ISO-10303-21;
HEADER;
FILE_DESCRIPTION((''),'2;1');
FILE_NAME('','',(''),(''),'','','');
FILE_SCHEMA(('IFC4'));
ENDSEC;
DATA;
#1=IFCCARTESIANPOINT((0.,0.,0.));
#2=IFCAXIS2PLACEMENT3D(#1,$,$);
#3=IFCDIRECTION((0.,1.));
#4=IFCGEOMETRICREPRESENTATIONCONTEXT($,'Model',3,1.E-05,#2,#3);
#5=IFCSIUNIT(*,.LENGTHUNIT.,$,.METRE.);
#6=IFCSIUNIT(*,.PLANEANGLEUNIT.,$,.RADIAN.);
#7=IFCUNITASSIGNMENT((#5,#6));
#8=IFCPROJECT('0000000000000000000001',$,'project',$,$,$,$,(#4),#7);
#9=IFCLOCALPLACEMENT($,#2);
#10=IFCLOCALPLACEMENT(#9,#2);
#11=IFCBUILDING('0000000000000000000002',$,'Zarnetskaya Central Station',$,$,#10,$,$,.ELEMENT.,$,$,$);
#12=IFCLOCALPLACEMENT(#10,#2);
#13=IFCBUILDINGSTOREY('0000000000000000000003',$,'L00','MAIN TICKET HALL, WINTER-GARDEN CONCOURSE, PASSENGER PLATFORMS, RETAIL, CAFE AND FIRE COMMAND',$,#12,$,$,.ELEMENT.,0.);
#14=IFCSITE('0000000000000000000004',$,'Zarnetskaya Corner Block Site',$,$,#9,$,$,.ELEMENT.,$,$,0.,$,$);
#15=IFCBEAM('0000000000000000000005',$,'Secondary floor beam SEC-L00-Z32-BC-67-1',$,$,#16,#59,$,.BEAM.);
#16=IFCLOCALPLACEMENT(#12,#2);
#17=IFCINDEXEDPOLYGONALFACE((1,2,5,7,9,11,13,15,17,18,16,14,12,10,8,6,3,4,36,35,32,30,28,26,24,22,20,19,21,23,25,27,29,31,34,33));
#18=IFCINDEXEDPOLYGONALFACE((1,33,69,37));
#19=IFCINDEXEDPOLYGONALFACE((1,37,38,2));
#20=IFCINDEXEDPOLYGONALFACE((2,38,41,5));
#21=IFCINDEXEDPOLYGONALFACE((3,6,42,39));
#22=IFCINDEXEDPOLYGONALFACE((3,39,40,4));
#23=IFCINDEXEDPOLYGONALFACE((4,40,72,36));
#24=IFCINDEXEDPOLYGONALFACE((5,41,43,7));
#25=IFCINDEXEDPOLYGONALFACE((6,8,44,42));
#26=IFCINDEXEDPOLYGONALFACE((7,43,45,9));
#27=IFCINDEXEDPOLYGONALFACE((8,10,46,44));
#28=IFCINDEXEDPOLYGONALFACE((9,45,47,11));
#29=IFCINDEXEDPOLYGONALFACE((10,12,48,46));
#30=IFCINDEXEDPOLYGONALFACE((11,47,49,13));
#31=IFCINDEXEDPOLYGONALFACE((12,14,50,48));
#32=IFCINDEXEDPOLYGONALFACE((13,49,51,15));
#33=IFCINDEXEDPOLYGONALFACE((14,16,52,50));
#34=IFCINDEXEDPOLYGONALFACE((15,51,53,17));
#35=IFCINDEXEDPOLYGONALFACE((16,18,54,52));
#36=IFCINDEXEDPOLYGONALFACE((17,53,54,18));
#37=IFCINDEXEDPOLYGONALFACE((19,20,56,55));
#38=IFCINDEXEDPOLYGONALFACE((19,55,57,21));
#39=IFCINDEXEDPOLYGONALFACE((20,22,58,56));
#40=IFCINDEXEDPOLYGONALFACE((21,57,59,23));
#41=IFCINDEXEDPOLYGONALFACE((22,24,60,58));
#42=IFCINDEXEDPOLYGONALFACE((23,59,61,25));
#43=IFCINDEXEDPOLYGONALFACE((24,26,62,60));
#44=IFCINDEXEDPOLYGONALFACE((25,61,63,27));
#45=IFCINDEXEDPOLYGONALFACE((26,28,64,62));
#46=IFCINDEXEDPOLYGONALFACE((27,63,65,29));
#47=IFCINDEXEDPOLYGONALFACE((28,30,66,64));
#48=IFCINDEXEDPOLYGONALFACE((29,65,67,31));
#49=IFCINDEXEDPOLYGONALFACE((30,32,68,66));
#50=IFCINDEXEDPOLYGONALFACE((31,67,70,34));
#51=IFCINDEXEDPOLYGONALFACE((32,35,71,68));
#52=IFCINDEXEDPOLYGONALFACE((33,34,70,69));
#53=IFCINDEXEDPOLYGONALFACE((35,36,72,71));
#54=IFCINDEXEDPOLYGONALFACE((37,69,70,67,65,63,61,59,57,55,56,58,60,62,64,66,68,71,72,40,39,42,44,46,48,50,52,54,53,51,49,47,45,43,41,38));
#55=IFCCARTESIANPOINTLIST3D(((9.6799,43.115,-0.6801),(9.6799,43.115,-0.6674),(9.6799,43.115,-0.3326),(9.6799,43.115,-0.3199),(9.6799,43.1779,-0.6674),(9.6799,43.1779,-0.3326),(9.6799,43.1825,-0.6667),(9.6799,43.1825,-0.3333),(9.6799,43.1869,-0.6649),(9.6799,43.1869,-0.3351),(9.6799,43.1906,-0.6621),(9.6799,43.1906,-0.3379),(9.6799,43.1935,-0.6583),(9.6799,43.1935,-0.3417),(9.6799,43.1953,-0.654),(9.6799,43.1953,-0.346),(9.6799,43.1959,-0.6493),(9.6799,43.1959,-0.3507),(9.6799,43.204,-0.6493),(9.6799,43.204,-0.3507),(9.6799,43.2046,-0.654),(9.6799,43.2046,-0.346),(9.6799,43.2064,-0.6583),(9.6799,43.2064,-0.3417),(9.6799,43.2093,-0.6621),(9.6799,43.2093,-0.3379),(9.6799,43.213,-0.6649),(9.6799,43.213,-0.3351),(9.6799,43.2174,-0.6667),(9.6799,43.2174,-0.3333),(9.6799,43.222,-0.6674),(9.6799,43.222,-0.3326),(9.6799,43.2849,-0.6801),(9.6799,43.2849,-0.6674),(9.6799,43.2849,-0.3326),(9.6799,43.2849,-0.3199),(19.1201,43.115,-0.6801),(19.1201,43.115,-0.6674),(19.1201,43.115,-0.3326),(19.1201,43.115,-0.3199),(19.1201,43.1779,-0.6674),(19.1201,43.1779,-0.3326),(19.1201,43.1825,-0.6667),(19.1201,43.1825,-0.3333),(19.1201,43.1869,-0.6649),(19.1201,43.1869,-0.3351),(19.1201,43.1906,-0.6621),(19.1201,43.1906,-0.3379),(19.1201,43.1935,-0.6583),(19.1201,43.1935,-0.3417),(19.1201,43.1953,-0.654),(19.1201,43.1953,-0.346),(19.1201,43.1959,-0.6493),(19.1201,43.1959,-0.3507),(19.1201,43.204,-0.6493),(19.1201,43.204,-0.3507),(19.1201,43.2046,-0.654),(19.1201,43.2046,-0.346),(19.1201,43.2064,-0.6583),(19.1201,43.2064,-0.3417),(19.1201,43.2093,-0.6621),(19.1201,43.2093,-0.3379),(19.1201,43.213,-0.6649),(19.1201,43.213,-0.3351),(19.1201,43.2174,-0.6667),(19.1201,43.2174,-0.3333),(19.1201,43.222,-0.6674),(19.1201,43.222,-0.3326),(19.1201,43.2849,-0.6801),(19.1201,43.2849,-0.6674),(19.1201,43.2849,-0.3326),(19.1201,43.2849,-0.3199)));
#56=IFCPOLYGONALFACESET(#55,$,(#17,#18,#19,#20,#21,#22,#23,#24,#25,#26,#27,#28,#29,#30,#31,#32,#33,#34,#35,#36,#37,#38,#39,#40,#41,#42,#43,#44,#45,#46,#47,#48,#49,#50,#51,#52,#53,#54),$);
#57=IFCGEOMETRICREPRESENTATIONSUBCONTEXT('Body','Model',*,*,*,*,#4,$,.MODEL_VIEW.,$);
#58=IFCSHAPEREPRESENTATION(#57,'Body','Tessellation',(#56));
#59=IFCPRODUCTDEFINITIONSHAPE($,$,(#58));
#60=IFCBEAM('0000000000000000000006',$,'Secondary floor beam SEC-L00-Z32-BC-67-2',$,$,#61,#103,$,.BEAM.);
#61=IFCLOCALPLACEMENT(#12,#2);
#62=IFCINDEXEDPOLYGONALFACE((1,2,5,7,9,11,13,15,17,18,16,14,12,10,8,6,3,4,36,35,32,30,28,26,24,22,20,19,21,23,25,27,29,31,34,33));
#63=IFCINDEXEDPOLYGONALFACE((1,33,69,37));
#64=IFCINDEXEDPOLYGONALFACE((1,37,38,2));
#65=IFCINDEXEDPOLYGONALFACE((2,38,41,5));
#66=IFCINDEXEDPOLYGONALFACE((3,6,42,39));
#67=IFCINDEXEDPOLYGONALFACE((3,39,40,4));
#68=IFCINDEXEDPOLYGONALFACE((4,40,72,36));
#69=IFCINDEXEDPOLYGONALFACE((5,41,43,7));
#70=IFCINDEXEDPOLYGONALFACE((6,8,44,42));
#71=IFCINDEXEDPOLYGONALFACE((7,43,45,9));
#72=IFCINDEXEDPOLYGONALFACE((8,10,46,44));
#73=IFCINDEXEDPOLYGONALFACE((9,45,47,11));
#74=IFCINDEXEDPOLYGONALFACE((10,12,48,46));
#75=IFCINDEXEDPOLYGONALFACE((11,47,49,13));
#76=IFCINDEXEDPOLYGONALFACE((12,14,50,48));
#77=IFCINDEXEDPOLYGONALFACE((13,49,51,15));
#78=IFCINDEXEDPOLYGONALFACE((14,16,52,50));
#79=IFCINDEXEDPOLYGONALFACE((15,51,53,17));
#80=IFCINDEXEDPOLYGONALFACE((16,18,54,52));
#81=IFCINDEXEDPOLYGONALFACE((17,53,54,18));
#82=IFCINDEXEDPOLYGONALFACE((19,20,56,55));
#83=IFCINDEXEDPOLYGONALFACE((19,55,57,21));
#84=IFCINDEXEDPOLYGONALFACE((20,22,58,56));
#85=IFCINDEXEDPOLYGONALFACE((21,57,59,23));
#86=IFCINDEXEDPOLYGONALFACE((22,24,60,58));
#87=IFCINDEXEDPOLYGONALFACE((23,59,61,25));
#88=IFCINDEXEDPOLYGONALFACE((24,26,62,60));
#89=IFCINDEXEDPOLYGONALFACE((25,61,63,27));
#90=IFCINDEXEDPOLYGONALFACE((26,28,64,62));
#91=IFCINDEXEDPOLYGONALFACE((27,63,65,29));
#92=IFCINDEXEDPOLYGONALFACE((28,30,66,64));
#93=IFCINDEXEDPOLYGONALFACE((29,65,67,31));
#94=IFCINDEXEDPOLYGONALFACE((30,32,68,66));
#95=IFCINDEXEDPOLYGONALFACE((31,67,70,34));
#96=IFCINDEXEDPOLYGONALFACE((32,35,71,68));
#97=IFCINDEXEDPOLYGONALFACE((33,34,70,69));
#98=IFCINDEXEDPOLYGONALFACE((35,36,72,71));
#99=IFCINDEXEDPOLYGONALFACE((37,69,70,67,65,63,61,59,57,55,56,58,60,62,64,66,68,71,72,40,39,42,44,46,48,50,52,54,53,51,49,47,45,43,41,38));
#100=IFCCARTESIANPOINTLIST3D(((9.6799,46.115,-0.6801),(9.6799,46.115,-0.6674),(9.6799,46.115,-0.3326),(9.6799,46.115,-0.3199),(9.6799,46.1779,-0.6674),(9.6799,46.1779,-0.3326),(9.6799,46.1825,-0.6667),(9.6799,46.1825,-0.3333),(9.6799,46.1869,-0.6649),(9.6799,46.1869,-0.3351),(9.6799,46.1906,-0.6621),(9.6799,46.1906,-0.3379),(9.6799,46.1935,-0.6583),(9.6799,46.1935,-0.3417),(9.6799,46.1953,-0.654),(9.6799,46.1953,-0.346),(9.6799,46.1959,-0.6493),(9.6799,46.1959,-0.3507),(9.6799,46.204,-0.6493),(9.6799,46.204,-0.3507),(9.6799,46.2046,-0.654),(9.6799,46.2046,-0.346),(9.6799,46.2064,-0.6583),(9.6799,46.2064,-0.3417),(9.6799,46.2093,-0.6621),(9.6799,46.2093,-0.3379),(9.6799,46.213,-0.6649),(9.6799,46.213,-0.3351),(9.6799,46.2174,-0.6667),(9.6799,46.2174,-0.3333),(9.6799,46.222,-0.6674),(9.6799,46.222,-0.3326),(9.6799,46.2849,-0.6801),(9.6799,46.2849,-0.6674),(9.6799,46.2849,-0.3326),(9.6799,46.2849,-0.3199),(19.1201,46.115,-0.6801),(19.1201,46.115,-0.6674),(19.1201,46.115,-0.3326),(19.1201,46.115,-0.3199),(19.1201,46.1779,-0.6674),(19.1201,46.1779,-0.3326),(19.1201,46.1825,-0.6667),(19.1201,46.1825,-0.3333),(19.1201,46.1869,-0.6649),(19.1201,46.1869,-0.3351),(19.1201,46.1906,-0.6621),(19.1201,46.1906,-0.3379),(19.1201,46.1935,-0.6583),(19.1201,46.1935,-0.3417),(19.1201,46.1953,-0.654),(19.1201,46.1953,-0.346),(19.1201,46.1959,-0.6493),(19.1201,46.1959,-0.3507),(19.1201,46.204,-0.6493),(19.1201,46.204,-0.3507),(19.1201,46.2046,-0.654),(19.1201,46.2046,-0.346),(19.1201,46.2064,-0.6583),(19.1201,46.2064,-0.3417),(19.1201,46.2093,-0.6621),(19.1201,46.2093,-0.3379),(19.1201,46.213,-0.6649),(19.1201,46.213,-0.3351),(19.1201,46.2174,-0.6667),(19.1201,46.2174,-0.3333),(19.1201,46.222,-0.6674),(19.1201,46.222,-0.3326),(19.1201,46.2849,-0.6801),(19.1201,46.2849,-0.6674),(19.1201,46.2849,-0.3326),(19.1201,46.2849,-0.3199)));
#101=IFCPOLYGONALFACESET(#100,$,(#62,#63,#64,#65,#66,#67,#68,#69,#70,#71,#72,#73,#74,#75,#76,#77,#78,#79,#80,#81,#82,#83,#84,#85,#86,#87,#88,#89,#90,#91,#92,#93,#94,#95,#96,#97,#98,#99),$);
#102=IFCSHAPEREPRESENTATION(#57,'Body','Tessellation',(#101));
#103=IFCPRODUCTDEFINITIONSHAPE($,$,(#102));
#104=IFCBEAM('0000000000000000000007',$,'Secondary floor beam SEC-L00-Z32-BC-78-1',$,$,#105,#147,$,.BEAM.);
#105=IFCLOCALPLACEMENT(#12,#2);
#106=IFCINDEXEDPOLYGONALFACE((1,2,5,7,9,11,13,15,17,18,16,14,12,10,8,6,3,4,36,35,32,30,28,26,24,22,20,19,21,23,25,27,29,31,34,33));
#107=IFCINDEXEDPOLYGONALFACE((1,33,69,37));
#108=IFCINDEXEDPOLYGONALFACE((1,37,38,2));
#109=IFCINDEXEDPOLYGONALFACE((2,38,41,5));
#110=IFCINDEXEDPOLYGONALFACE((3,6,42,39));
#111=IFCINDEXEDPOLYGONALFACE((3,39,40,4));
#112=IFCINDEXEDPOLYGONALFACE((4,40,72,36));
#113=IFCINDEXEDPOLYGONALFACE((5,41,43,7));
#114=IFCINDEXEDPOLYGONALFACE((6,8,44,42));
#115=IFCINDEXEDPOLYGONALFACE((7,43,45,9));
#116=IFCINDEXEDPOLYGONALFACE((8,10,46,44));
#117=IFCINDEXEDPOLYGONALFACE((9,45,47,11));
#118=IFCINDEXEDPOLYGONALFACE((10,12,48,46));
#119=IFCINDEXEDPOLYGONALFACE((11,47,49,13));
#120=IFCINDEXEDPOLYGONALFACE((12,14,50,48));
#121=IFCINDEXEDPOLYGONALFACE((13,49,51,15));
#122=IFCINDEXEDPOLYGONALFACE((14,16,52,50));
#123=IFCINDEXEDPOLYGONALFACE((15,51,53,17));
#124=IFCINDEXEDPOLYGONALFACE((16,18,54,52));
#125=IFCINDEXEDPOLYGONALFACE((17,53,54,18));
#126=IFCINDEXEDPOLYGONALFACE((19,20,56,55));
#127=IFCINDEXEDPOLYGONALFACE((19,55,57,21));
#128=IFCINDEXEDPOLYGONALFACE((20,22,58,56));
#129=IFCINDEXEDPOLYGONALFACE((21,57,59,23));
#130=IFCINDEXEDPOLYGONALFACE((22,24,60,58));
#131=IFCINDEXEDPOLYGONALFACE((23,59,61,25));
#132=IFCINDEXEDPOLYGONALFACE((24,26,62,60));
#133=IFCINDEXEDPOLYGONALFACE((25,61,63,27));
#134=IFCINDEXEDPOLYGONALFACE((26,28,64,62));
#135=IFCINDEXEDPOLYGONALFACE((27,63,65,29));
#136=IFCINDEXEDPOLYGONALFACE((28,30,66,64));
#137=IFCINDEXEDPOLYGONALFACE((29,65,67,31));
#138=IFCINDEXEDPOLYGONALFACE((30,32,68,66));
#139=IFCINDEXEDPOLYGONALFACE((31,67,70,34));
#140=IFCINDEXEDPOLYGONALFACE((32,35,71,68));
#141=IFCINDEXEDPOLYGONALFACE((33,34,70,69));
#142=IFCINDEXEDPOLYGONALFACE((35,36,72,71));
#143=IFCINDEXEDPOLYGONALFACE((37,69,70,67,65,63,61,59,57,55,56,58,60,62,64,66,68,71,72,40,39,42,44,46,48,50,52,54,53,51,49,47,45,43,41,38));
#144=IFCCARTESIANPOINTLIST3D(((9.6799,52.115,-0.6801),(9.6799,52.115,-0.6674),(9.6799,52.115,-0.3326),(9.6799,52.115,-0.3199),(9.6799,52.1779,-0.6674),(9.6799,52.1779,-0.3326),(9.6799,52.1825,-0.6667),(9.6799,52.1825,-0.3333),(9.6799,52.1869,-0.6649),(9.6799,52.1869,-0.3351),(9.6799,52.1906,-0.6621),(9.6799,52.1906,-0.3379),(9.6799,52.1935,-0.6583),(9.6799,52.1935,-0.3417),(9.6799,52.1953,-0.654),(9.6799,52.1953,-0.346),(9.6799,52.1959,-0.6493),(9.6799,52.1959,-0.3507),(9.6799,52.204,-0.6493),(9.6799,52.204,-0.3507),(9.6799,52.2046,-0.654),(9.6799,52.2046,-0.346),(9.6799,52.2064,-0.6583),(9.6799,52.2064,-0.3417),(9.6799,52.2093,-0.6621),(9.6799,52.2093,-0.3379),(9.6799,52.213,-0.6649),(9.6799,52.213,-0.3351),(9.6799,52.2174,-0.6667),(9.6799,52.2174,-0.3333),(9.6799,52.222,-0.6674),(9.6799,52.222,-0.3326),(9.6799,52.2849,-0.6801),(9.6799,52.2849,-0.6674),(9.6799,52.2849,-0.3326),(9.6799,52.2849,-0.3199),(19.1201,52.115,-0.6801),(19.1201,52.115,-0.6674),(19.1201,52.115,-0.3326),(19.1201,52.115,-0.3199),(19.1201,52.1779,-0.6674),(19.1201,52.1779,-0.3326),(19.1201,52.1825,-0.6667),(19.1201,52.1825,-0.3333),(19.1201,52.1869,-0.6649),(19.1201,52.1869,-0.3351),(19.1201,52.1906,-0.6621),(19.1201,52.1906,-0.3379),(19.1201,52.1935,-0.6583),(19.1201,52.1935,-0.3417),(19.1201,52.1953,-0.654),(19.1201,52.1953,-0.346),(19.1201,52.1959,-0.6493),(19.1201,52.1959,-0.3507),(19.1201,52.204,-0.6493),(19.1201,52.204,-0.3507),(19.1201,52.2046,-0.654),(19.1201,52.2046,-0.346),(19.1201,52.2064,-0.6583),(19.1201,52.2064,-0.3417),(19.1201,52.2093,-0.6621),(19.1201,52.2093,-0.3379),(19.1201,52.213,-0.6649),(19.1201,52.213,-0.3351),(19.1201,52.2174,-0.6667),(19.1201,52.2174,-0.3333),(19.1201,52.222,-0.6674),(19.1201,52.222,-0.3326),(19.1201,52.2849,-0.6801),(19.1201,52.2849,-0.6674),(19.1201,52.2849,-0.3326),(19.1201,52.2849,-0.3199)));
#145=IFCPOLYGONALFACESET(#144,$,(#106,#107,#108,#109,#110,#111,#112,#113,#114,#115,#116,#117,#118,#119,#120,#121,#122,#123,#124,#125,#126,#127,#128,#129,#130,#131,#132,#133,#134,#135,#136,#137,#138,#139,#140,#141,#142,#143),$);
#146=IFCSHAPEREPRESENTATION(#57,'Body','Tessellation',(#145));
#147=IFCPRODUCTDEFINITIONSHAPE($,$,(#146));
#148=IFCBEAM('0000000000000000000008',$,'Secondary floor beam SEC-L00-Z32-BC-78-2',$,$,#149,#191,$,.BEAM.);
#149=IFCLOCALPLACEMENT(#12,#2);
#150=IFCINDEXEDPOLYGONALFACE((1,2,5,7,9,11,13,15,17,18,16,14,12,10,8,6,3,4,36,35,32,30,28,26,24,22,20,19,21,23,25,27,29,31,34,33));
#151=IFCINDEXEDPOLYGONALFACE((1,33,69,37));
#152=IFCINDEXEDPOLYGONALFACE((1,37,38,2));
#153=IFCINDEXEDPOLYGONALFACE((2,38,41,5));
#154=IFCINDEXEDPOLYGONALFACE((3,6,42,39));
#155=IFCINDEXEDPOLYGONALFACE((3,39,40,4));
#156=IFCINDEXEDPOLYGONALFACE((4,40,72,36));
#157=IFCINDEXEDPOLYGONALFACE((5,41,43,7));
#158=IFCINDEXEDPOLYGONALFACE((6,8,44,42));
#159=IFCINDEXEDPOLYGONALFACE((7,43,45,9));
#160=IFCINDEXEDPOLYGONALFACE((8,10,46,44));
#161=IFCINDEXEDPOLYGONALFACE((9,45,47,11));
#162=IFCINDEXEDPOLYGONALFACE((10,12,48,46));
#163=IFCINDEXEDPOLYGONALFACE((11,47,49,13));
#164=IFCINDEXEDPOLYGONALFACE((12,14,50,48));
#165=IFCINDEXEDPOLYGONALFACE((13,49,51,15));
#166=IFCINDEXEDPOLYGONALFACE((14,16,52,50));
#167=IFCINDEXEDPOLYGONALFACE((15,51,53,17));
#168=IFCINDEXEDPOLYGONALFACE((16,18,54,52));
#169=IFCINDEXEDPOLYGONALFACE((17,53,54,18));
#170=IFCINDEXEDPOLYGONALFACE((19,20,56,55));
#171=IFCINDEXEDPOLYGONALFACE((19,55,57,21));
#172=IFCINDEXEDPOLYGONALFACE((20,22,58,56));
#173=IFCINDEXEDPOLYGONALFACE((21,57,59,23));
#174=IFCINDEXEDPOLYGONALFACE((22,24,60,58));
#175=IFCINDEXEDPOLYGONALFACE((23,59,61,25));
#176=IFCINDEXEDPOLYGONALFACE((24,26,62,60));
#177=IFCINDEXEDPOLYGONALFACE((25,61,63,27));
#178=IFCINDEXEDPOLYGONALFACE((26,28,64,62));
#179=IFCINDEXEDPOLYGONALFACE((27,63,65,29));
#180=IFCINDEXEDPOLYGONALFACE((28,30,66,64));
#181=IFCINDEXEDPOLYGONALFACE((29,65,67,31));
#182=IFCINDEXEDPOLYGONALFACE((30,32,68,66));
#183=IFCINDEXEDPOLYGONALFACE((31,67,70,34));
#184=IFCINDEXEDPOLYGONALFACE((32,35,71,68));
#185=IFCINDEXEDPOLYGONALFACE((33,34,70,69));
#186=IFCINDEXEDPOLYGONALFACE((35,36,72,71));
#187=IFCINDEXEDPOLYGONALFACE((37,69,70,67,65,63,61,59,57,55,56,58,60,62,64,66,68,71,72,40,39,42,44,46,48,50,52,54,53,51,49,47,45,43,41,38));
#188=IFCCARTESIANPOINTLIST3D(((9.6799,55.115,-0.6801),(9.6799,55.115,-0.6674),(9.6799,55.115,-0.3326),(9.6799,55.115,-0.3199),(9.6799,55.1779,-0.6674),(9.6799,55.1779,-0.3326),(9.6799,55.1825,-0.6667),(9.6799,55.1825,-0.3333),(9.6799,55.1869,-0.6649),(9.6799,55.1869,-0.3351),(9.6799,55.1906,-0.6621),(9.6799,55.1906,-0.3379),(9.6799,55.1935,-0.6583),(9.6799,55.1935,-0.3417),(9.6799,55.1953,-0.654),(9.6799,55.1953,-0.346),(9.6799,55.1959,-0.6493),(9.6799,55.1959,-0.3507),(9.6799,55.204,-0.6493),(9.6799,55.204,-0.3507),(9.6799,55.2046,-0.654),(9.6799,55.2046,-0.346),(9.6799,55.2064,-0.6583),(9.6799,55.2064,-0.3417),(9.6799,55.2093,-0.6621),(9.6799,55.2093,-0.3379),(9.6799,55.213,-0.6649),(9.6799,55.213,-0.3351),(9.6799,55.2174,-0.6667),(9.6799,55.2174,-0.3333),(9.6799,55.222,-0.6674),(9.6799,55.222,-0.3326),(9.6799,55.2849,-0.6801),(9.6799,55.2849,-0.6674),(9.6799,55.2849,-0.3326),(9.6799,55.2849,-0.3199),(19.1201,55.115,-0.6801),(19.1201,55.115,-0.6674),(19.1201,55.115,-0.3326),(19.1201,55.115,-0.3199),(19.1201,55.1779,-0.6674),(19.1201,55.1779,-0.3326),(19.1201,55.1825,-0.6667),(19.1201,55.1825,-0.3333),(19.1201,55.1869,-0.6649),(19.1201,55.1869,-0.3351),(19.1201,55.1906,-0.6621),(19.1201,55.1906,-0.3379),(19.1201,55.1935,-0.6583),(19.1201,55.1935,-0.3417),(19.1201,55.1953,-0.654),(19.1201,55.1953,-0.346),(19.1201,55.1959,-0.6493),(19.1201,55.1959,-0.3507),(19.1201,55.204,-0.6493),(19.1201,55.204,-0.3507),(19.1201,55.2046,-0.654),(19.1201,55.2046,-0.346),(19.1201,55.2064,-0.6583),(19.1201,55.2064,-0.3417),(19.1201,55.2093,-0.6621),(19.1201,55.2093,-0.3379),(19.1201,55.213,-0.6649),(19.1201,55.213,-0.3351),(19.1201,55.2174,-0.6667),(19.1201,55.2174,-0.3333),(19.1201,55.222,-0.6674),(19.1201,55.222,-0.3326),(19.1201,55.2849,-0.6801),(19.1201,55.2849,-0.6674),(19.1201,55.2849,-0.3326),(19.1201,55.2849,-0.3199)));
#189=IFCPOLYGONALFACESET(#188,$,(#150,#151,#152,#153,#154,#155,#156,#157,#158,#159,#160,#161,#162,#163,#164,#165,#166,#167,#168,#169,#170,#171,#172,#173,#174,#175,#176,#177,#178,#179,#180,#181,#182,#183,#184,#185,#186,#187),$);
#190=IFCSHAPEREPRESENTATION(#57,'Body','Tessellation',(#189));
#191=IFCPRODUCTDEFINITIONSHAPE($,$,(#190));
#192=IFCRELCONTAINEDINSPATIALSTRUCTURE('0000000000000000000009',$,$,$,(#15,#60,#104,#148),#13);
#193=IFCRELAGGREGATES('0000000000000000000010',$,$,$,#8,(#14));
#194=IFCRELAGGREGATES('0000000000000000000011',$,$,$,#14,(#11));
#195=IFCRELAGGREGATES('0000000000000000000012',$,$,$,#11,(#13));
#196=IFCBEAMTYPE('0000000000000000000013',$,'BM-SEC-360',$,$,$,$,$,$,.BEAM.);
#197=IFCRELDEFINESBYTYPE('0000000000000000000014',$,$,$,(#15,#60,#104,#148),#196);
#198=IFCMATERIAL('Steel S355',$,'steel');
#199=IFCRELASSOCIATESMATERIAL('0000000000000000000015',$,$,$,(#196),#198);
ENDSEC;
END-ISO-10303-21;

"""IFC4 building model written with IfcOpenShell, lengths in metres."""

from ifc_helpers import new_model, si_unit, direction, frame, origin, origin_2d, place, context, subcontext, project, spatial, i_section, extrude, material, material_profile, profile_set, type_object, element, save


model = new_model("IFC4")

# Units and contexts
model_context = context("Model", 3, precision=1e-05, world=origin(), true_north=direction((0.0, 1.0)))
body_context = subcontext(model_context, "Body", "Model", "MODEL_VIEW")
ifc_project = project(units=[si_unit("LENGTHUNIT", "METRE"), si_unit("PLANEANGLEUNIT", "RADIAN")], contexts=[model_context])

# Site, building, storey
site_placement = place(None, origin())
site = spatial("IfcSite", under=ifc_project, at=site_placement, Name="Zarnetskaya Corner Block Site", CompositionType="ELEMENT", RefElevation=0.0)
building_placement = place(site_placement, origin())
building = spatial("IfcBuilding", under=site, at=building_placement, Name="Zarnetskaya Central Station", CompositionType="ELEMENT")
storey_placement = place(building_placement, origin())
storey = spatial("IfcBuildingStorey", under=building, at=storey_placement, Name="L00", Description="MAIN TICKET HALL, WINTER-GARDEN CONCOURSE, PASSENGER PLATFORMS, RETAIL, CAFE AND FIRE COMMAND", CompositionType="ELEMENT", Elevation=0.0)

# Shared definitions
ifc_material_1 = material(Name="Steel S355", Category="steel")

# Beams
ifc_material_profile_1 = material_profile(ifc_material_1, i_section(OverallWidth=0.1699, OverallDepth=0.3601, WebThickness=0.0081, FlangeThickness=0.0127, FilletRadius=0.0181, at=origin_2d()), Name="IPE 360")
ifc_profile_set_1 = profile_set([ifc_material_profile_1], Name="Steel S355")
beam_type_1 = type_object("IfcBeamType", Name="BM-SEC-360", PredefinedType="BEAM", material=ifc_profile_set_1)
for number, where, z_axis, x_axis, name in (
    (1, (9.6799, 43.2, -0.5), (1.0, 0.0, 0.0), (0.0, 1.0, 0.0), "Secondary floor beam SEC-L00-Z32-BC-67-1"),
    (2, (9.6799, 46.2, -0.5), (1.0, 0.0, 0.0), (0.0, 1.0, 0.0), "Secondary floor beam SEC-L00-Z32-BC-67-2"),
    (3, (9.6799, 52.2, -0.5), (1.0, 0.0, 0.0), (0.0, 1.0, 0.0), "Secondary floor beam SEC-L00-Z32-BC-78-1"),
    (4, (9.6799, 55.2, -0.5), (1.0, 0.0, 0.0), (0.0, 1.0, 0.0), "Secondary floor beam SEC-L00-Z32-BC-78-2"),
):
    element("IfcBeam", number, at=place(storey_placement, frame(where, z_axis=z_axis, x_axis=x_axis)), inside=storey, type_object=beam_type_1, Name=name, PredefinedType="BEAM", context=body_context, shape_type="SweptSolid", body=[
        extrude(i_section(OverallWidth=0.1699, OverallDepth=0.3601, WebThickness=0.0081, FlangeThickness=0.0127, FilletRadius=0.0181, at=origin_2d()), origin(), (0.0, 0.0, 1.0), 9.4402),
    ])

save(model, "model.ifc")
